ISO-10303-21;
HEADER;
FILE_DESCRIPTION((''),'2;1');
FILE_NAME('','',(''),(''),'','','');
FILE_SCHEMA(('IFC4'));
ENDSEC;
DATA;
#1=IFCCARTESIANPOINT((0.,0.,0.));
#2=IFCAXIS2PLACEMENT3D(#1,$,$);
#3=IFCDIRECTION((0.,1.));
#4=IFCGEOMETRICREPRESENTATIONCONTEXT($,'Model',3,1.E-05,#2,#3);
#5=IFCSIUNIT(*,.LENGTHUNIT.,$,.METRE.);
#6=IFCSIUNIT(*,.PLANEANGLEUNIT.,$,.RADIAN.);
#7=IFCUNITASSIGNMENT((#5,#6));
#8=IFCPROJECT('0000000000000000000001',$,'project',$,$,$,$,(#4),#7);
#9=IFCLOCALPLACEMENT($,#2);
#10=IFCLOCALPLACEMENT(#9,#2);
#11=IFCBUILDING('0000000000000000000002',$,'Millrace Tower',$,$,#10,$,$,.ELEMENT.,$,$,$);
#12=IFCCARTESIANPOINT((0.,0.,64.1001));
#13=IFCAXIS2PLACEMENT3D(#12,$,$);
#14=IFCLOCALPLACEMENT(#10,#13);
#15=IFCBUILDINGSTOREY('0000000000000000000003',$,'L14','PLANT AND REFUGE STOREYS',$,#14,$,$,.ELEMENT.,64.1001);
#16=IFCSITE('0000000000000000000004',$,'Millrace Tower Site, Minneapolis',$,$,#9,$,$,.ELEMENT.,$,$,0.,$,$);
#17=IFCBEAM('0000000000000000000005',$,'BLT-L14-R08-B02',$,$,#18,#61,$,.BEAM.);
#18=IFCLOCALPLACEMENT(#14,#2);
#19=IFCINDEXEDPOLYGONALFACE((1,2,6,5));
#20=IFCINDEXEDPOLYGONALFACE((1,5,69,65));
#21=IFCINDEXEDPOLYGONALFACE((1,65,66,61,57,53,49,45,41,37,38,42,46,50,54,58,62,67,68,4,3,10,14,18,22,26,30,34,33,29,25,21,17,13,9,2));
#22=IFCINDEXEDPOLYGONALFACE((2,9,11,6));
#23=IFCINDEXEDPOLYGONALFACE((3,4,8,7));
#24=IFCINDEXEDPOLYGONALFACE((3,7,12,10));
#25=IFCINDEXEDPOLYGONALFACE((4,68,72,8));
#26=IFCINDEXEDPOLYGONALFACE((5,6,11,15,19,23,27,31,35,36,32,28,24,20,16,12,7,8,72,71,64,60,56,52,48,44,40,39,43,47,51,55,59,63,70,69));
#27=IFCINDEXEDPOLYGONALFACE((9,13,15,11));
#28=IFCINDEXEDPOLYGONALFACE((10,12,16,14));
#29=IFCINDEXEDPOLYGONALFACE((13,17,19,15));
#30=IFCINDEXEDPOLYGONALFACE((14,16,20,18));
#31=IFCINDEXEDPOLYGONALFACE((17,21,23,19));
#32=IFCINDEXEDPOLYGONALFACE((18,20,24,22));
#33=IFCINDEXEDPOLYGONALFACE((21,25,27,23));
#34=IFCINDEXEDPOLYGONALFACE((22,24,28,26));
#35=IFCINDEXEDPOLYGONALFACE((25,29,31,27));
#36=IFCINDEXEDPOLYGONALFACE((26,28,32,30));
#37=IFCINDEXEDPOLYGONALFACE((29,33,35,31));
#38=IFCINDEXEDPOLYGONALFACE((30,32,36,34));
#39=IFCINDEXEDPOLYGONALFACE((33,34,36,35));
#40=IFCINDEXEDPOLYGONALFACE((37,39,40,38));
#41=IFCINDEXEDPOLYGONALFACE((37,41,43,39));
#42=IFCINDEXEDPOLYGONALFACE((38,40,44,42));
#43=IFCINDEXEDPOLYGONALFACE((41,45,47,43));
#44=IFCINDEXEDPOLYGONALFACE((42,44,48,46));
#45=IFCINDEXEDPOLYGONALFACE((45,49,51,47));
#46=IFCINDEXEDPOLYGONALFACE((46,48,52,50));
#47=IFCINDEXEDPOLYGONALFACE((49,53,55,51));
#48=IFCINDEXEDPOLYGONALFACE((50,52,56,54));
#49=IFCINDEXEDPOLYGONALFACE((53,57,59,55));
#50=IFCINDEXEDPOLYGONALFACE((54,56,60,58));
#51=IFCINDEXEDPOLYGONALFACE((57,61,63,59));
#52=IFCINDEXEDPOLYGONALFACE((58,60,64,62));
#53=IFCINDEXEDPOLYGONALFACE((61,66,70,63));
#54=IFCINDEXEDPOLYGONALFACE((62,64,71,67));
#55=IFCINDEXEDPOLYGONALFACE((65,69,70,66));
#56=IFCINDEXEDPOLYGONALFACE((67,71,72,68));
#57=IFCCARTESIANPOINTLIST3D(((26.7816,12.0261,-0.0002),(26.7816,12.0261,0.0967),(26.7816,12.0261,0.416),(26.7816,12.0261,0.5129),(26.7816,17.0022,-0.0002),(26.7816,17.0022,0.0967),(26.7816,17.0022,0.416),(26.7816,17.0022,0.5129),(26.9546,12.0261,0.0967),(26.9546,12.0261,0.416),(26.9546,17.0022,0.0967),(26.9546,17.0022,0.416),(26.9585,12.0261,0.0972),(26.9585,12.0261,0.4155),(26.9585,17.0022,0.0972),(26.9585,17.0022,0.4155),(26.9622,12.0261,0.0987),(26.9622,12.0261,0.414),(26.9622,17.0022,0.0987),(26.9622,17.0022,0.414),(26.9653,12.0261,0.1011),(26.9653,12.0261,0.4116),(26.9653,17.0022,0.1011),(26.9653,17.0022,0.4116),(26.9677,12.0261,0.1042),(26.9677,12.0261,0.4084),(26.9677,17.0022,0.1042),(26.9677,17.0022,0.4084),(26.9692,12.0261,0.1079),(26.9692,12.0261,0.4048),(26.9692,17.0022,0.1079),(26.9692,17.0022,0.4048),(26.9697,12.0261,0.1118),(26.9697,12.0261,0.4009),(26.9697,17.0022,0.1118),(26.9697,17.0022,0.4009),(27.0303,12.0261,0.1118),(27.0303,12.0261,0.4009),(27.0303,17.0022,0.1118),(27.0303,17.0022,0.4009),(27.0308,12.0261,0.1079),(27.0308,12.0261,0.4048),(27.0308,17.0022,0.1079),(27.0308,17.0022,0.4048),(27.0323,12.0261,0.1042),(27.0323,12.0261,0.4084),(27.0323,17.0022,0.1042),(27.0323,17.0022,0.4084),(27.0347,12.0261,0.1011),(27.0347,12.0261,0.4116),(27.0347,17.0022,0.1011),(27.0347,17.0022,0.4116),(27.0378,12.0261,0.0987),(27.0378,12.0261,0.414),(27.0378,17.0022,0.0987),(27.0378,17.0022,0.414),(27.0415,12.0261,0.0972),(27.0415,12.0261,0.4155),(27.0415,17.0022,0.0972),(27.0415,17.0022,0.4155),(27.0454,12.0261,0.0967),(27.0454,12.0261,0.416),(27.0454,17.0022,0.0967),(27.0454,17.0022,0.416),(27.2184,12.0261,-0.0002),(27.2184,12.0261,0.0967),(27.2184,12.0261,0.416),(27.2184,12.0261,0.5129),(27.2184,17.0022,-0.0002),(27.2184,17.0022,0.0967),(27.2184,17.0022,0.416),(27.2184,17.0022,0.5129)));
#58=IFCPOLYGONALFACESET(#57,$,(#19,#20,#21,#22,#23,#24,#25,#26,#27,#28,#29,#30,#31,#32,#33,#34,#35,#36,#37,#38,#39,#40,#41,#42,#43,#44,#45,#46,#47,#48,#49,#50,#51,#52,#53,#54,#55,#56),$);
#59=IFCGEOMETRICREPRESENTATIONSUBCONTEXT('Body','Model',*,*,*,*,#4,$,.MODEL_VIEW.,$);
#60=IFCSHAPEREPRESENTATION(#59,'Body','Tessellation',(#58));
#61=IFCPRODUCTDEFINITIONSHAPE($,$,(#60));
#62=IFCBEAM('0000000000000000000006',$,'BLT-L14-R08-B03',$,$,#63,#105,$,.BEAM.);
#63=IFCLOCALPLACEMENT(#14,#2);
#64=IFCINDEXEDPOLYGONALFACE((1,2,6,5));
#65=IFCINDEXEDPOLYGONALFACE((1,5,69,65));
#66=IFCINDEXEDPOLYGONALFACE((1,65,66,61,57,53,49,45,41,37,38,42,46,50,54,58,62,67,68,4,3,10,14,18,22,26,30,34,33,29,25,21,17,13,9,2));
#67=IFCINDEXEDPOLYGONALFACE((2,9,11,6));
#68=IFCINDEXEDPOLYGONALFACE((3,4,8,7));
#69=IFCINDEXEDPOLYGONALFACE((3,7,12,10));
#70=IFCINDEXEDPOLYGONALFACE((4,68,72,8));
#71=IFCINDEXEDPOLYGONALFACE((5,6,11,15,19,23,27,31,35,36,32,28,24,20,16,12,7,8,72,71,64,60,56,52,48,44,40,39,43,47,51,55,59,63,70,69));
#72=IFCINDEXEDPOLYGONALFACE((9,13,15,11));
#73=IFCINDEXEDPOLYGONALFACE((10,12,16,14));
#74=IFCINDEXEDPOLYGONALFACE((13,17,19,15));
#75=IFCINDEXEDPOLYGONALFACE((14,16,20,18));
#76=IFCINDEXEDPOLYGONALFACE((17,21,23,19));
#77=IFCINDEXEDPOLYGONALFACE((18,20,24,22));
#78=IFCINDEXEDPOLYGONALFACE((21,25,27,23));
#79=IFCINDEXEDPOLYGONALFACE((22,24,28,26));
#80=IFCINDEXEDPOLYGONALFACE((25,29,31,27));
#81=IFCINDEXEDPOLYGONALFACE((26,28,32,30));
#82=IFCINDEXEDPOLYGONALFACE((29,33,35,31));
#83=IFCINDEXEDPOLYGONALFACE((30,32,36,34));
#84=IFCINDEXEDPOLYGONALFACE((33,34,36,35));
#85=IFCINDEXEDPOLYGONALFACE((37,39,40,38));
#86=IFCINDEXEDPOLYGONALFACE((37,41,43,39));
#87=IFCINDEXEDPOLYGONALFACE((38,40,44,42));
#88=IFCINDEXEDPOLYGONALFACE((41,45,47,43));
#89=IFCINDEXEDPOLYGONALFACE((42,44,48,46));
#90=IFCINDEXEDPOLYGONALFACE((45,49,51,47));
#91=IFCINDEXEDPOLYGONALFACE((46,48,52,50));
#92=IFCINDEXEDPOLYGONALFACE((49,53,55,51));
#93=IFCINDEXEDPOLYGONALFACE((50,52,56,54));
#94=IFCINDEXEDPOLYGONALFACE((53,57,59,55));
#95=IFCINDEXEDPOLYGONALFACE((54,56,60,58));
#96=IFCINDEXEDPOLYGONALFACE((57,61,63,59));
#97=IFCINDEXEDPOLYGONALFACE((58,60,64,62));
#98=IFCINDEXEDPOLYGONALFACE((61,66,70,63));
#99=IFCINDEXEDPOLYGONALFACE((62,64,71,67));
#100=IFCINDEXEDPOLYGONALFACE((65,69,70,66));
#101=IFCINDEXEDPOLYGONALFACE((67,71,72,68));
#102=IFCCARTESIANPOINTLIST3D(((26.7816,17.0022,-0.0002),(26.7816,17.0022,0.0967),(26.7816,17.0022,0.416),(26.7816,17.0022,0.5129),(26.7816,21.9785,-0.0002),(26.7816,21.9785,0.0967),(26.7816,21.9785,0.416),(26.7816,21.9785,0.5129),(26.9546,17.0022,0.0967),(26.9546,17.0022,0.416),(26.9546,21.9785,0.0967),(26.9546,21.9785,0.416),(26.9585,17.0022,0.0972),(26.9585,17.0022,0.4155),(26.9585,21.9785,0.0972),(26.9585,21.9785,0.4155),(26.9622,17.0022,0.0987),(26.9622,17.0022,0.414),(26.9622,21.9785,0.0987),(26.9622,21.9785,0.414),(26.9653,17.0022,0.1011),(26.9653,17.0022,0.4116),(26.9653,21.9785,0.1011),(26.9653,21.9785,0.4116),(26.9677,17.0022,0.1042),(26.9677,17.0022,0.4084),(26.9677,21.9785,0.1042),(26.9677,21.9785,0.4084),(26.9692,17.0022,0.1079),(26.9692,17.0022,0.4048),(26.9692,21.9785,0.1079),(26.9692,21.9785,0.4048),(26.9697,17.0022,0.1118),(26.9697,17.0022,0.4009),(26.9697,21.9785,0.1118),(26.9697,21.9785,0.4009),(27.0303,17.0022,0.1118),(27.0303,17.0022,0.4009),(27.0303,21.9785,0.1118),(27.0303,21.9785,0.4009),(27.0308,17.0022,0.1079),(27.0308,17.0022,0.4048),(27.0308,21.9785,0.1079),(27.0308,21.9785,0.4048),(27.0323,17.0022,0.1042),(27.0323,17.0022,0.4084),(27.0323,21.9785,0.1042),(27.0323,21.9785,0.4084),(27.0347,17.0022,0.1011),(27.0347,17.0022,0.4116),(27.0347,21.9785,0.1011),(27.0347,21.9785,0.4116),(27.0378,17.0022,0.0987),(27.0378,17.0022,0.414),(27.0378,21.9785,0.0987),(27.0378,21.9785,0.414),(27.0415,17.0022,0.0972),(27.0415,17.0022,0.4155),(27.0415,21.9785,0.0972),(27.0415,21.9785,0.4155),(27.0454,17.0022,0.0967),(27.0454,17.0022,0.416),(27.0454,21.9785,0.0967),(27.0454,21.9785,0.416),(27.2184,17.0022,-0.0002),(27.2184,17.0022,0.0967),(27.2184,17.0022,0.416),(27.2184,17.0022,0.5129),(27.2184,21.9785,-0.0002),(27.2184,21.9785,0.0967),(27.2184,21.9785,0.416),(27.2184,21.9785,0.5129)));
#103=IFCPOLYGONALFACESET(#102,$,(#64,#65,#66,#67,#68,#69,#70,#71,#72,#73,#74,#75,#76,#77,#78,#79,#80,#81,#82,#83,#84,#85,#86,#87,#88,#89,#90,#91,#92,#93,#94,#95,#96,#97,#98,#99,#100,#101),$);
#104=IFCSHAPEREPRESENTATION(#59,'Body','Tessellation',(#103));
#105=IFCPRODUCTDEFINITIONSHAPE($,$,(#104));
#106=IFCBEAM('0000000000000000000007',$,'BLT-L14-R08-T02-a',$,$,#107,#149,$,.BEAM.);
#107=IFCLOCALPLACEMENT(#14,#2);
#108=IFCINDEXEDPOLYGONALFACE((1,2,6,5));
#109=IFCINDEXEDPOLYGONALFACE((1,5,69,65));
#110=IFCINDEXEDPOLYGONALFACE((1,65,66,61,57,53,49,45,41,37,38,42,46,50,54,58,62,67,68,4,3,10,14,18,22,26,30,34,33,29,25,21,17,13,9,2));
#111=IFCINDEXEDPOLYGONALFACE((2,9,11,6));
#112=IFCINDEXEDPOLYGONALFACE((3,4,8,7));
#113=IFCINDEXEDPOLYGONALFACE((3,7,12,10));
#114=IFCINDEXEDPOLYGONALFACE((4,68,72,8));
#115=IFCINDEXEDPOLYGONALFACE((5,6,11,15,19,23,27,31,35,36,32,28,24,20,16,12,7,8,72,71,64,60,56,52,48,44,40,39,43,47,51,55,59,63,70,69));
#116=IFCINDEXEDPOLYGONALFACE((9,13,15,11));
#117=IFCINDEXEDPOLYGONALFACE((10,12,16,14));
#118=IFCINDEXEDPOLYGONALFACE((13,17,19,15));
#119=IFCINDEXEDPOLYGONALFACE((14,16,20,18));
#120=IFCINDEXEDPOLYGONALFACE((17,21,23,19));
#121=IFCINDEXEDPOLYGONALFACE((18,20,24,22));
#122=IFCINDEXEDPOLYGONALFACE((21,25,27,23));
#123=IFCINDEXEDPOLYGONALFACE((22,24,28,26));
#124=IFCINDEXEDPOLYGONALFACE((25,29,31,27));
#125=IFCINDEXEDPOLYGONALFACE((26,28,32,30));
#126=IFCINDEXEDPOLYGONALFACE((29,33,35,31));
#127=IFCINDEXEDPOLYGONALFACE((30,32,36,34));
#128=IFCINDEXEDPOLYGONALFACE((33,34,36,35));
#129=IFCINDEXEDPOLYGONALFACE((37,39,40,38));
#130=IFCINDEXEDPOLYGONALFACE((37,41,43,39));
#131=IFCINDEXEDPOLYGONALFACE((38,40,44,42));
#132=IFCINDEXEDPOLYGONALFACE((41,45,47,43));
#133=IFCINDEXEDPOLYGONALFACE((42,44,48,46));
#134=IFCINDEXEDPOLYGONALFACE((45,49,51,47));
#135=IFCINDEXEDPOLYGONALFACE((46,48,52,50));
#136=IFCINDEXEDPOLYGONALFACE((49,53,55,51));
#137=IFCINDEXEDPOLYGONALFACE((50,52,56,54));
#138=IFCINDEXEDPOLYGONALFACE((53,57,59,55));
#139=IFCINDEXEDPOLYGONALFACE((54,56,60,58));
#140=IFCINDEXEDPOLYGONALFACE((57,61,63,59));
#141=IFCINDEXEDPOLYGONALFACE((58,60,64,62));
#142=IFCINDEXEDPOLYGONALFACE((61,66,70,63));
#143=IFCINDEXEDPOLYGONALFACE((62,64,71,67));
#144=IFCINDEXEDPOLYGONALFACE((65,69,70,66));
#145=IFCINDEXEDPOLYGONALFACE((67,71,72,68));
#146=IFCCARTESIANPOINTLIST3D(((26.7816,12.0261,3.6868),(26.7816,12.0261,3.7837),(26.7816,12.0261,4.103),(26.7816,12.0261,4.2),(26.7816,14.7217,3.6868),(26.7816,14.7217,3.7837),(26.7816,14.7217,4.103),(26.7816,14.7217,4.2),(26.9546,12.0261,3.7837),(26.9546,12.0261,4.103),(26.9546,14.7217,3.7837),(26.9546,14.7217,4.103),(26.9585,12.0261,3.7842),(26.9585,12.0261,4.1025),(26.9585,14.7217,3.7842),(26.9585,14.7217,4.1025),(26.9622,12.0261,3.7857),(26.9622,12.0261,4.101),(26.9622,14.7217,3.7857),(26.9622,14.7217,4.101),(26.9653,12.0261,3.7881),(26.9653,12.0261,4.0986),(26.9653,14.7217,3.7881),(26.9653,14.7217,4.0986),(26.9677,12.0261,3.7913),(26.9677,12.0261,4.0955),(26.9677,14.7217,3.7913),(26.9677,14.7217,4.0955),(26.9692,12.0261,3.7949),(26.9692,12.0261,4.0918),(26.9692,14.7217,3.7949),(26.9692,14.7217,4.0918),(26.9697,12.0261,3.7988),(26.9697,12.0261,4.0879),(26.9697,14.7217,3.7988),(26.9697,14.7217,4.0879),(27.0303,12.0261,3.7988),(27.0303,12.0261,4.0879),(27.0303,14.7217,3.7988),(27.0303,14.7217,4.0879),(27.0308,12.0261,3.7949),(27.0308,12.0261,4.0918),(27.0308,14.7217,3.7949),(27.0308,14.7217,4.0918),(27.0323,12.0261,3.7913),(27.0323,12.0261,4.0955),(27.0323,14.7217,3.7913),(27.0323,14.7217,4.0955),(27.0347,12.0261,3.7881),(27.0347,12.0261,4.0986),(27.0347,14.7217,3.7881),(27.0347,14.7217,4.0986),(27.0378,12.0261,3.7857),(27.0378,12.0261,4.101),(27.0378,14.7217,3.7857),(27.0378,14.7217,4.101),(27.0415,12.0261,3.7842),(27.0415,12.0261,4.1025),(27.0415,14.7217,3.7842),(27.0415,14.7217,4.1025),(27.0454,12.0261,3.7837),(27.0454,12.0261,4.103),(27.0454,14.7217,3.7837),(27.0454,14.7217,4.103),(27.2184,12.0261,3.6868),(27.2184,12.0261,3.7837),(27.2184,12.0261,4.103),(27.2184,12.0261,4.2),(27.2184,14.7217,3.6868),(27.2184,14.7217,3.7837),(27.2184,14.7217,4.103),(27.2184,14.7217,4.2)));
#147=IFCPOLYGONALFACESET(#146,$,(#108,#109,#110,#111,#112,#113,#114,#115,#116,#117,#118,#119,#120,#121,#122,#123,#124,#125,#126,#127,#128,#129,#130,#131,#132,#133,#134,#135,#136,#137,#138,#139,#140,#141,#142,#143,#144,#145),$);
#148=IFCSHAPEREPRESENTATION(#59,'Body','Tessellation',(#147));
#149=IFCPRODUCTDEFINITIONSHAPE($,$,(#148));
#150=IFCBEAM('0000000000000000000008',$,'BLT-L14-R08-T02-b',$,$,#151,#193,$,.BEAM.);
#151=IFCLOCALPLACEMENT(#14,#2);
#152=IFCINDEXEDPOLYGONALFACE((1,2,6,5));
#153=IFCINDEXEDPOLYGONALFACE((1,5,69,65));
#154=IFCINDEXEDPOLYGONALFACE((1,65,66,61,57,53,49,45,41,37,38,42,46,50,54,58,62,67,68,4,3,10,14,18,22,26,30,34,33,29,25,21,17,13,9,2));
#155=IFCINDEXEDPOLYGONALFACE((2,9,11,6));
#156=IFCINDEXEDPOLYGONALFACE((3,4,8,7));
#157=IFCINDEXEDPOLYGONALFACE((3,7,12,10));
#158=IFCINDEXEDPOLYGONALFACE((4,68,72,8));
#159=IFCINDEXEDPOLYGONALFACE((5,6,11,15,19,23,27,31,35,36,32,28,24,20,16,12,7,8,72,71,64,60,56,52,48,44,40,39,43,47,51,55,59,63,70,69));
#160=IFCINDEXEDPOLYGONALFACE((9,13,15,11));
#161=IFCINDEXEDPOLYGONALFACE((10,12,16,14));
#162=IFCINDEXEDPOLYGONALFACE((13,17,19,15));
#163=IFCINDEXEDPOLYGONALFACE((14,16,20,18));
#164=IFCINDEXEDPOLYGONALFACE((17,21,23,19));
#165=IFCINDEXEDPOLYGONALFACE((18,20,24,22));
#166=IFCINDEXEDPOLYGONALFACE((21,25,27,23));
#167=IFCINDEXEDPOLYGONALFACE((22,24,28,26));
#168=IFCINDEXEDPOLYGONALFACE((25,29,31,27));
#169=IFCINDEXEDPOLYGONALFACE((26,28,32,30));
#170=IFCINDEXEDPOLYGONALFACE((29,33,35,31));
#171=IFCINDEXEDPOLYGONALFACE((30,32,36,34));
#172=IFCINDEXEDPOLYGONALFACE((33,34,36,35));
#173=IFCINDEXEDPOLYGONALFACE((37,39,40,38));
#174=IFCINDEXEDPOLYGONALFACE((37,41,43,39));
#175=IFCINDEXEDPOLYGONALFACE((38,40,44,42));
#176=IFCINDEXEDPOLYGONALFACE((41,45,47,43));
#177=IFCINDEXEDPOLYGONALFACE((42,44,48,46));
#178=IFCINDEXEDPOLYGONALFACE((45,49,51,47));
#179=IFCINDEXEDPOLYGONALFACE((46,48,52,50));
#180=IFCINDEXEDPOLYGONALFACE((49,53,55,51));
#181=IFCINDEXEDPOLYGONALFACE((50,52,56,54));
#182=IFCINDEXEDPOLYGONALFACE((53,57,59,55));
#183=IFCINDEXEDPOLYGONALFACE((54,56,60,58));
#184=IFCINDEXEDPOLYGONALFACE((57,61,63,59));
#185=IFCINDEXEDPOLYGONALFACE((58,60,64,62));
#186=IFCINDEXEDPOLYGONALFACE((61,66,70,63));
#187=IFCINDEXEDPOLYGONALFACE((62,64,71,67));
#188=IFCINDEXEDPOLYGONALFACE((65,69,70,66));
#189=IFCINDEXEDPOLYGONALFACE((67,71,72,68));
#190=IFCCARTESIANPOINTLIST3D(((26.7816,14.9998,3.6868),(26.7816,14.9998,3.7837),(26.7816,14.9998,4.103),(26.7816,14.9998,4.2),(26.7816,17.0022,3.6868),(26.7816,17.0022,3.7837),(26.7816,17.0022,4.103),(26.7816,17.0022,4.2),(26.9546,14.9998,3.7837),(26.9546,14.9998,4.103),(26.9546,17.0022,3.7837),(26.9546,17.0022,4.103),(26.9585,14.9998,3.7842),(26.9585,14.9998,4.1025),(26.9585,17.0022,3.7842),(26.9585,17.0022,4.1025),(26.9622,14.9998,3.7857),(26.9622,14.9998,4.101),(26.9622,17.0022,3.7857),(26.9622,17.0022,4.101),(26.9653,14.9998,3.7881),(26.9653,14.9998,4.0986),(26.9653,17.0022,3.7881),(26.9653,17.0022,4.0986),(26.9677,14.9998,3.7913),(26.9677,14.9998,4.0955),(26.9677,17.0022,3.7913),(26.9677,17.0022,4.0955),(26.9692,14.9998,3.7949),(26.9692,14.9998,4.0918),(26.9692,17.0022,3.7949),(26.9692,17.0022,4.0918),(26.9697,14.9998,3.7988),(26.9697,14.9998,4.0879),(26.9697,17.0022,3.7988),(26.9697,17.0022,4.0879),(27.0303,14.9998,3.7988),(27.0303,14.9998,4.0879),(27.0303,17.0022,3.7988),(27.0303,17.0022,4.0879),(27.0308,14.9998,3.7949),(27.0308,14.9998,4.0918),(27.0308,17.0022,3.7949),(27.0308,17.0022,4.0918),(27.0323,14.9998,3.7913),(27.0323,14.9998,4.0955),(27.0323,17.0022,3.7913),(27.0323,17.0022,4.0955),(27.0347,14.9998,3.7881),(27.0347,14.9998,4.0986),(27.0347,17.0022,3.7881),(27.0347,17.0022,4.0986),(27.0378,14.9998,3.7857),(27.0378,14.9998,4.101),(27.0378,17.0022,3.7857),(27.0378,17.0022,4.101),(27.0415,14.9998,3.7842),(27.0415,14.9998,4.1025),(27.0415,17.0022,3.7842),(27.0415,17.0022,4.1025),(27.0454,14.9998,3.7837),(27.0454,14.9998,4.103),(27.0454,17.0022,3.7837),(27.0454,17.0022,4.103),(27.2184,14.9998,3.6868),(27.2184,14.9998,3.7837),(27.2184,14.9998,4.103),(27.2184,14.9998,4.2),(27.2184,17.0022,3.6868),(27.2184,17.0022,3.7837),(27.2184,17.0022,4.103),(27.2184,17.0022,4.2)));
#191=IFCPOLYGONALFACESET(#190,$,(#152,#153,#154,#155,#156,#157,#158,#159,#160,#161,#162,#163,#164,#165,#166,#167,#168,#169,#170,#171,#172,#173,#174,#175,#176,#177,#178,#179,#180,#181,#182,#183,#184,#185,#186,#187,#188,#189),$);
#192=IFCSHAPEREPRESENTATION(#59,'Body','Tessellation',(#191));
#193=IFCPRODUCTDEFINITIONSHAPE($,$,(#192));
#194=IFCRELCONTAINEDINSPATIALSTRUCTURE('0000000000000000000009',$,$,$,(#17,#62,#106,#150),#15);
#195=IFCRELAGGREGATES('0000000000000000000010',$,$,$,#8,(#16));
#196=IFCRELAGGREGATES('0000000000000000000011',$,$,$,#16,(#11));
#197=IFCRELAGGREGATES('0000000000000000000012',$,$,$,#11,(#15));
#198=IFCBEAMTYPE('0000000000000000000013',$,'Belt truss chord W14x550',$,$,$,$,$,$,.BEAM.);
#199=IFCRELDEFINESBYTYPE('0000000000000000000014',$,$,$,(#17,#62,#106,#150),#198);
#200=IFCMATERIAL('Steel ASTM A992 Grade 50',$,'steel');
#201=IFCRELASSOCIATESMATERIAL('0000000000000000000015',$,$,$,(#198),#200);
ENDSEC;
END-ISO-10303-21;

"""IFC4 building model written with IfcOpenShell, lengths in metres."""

from ifc_helpers import new_model, si_unit, direction, frame, origin, origin_2d, place, context, subcontext, project, spatial, i_section, extrude, material, material_profile, profile_set, type_object, element, save


model = new_model("IFC4")

# Units and contexts
model_context = context("Model", 3, precision=1e-05, world=origin(), true_north=direction((0.0, 1.0)))
body_context = subcontext(model_context, "Body", "Model", "MODEL_VIEW")
ifc_project = project(units=[si_unit("LENGTHUNIT", "METRE"), si_unit("PLANEANGLEUNIT", "RADIAN")], contexts=[model_context])

# Site, building, storey
site_placement = place(None, origin())
site = spatial("IfcSite", under=ifc_project, at=site_placement, Name="Millrace Tower Site, Minneapolis", CompositionType="ELEMENT", RefElevation=0.0)
building_placement = place(site_placement, origin())
building = spatial("IfcBuilding", under=site, at=building_placement, Name="Millrace Tower", CompositionType="ELEMENT")
storey_placement = place(building_placement, frame((0.0, 0.0, 64.1001)))
storey = spatial("IfcBuildingStorey", under=building, at=storey_placement, Name="L14", Description="PLANT AND REFUGE STOREYS", CompositionType="ELEMENT", Elevation=64.1001)

# Beams
ifc_material_1 = material(Name="Steel ASTM A992 Grade 50", Category="steel")
ifc_material_profile_1 = material_profile(ifc_material_1, i_section(OverallWidth=0.4368, OverallDepth=0.5132, WebThickness=0.0605, FlangeThickness=0.0969, FilletRadius=0.0151, at=origin_2d()))
ifc_profile_set_1 = profile_set([ifc_material_profile_1], Name="Steel ASTM A992 Grade 50")
beam_type_1 = type_object("IfcBeamType", Name="Belt truss chord W14x550", PredefinedType="BEAM", material=ifc_profile_set_1)
beam_1_placement = place(storey_placement, frame((27.0, 12.0261, 0.2563), z_axis=(0.0, 1.0, 0.0), x_axis=(-1.0, 0.0, 0.0)))
element("IfcBeam", 1, at=beam_1_placement, inside=storey, type_object=beam_type_1, Name="BLT-L14-R08-B02", PredefinedType="BEAM", context=body_context, shape_type="SweptSolid", body=[
    extrude(i_section(OverallWidth=0.4368, OverallDepth=0.5132, WebThickness=0.0605, FlangeThickness=0.0969, FilletRadius=0.0151, at=origin_2d()), origin(), (0.0, 0.0, 1.0), 4.9761),
])
beam_2_placement = place(storey_placement, frame((27.0, 17.0022, 0.2563), z_axis=(0.0, 1.0, 0.0), x_axis=(-1.0, 0.0, 0.0)))
element("IfcBeam", 2, at=beam_2_placement, inside=storey, type_object=beam_type_1, Name="BLT-L14-R08-B03", PredefinedType="BEAM", context=body_context, shape_type="SweptSolid", body=[
    extrude(i_section(OverallWidth=0.4368, OverallDepth=0.5132, WebThickness=0.0605, FlangeThickness=0.0969, FilletRadius=0.0151, at=origin_2d()), origin(), (0.0, 0.0, 1.0), 4.9763),
])
beam_3_placement = place(storey_placement, frame((27.0, 12.0261, 3.9434), z_axis=(0.0, 1.0, 0.0), x_axis=(-1.0, 0.0, 0.0)))
element("IfcBeam", 3, at=beam_3_placement, inside=storey, type_object=beam_type_1, Name="BLT-L14-R08-T02-a", PredefinedType="BEAM", context=body_context, shape_type="SweptSolid", body=[
    extrude(i_section(OverallWidth=0.4368, OverallDepth=0.5132, WebThickness=0.0605, FlangeThickness=0.0969, FilletRadius=0.0151, at=origin_2d()), origin(), (0.0, 0.0, 1.0), 2.6956),
])
beam_4_placement = place(storey_placement, frame((27.0, 14.9998, 3.9434), z_axis=(0.0, 1.0, 0.0), x_axis=(-1.0, 0.0, 0.0)))
element("IfcBeam", 4, at=beam_4_placement, inside=storey, type_object=beam_type_1, Name="BLT-L14-R08-T02-b", PredefinedType="BEAM", context=body_context, shape_type="SweptSolid", body=[
    extrude(i_section(OverallWidth=0.4368, OverallDepth=0.5132, WebThickness=0.0605, FlangeThickness=0.0969, FilletRadius=0.0151, at=origin_2d()), origin(), (0.0, 0.0, 1.0), 2.0024),
])

save(model, "model.ifc")
